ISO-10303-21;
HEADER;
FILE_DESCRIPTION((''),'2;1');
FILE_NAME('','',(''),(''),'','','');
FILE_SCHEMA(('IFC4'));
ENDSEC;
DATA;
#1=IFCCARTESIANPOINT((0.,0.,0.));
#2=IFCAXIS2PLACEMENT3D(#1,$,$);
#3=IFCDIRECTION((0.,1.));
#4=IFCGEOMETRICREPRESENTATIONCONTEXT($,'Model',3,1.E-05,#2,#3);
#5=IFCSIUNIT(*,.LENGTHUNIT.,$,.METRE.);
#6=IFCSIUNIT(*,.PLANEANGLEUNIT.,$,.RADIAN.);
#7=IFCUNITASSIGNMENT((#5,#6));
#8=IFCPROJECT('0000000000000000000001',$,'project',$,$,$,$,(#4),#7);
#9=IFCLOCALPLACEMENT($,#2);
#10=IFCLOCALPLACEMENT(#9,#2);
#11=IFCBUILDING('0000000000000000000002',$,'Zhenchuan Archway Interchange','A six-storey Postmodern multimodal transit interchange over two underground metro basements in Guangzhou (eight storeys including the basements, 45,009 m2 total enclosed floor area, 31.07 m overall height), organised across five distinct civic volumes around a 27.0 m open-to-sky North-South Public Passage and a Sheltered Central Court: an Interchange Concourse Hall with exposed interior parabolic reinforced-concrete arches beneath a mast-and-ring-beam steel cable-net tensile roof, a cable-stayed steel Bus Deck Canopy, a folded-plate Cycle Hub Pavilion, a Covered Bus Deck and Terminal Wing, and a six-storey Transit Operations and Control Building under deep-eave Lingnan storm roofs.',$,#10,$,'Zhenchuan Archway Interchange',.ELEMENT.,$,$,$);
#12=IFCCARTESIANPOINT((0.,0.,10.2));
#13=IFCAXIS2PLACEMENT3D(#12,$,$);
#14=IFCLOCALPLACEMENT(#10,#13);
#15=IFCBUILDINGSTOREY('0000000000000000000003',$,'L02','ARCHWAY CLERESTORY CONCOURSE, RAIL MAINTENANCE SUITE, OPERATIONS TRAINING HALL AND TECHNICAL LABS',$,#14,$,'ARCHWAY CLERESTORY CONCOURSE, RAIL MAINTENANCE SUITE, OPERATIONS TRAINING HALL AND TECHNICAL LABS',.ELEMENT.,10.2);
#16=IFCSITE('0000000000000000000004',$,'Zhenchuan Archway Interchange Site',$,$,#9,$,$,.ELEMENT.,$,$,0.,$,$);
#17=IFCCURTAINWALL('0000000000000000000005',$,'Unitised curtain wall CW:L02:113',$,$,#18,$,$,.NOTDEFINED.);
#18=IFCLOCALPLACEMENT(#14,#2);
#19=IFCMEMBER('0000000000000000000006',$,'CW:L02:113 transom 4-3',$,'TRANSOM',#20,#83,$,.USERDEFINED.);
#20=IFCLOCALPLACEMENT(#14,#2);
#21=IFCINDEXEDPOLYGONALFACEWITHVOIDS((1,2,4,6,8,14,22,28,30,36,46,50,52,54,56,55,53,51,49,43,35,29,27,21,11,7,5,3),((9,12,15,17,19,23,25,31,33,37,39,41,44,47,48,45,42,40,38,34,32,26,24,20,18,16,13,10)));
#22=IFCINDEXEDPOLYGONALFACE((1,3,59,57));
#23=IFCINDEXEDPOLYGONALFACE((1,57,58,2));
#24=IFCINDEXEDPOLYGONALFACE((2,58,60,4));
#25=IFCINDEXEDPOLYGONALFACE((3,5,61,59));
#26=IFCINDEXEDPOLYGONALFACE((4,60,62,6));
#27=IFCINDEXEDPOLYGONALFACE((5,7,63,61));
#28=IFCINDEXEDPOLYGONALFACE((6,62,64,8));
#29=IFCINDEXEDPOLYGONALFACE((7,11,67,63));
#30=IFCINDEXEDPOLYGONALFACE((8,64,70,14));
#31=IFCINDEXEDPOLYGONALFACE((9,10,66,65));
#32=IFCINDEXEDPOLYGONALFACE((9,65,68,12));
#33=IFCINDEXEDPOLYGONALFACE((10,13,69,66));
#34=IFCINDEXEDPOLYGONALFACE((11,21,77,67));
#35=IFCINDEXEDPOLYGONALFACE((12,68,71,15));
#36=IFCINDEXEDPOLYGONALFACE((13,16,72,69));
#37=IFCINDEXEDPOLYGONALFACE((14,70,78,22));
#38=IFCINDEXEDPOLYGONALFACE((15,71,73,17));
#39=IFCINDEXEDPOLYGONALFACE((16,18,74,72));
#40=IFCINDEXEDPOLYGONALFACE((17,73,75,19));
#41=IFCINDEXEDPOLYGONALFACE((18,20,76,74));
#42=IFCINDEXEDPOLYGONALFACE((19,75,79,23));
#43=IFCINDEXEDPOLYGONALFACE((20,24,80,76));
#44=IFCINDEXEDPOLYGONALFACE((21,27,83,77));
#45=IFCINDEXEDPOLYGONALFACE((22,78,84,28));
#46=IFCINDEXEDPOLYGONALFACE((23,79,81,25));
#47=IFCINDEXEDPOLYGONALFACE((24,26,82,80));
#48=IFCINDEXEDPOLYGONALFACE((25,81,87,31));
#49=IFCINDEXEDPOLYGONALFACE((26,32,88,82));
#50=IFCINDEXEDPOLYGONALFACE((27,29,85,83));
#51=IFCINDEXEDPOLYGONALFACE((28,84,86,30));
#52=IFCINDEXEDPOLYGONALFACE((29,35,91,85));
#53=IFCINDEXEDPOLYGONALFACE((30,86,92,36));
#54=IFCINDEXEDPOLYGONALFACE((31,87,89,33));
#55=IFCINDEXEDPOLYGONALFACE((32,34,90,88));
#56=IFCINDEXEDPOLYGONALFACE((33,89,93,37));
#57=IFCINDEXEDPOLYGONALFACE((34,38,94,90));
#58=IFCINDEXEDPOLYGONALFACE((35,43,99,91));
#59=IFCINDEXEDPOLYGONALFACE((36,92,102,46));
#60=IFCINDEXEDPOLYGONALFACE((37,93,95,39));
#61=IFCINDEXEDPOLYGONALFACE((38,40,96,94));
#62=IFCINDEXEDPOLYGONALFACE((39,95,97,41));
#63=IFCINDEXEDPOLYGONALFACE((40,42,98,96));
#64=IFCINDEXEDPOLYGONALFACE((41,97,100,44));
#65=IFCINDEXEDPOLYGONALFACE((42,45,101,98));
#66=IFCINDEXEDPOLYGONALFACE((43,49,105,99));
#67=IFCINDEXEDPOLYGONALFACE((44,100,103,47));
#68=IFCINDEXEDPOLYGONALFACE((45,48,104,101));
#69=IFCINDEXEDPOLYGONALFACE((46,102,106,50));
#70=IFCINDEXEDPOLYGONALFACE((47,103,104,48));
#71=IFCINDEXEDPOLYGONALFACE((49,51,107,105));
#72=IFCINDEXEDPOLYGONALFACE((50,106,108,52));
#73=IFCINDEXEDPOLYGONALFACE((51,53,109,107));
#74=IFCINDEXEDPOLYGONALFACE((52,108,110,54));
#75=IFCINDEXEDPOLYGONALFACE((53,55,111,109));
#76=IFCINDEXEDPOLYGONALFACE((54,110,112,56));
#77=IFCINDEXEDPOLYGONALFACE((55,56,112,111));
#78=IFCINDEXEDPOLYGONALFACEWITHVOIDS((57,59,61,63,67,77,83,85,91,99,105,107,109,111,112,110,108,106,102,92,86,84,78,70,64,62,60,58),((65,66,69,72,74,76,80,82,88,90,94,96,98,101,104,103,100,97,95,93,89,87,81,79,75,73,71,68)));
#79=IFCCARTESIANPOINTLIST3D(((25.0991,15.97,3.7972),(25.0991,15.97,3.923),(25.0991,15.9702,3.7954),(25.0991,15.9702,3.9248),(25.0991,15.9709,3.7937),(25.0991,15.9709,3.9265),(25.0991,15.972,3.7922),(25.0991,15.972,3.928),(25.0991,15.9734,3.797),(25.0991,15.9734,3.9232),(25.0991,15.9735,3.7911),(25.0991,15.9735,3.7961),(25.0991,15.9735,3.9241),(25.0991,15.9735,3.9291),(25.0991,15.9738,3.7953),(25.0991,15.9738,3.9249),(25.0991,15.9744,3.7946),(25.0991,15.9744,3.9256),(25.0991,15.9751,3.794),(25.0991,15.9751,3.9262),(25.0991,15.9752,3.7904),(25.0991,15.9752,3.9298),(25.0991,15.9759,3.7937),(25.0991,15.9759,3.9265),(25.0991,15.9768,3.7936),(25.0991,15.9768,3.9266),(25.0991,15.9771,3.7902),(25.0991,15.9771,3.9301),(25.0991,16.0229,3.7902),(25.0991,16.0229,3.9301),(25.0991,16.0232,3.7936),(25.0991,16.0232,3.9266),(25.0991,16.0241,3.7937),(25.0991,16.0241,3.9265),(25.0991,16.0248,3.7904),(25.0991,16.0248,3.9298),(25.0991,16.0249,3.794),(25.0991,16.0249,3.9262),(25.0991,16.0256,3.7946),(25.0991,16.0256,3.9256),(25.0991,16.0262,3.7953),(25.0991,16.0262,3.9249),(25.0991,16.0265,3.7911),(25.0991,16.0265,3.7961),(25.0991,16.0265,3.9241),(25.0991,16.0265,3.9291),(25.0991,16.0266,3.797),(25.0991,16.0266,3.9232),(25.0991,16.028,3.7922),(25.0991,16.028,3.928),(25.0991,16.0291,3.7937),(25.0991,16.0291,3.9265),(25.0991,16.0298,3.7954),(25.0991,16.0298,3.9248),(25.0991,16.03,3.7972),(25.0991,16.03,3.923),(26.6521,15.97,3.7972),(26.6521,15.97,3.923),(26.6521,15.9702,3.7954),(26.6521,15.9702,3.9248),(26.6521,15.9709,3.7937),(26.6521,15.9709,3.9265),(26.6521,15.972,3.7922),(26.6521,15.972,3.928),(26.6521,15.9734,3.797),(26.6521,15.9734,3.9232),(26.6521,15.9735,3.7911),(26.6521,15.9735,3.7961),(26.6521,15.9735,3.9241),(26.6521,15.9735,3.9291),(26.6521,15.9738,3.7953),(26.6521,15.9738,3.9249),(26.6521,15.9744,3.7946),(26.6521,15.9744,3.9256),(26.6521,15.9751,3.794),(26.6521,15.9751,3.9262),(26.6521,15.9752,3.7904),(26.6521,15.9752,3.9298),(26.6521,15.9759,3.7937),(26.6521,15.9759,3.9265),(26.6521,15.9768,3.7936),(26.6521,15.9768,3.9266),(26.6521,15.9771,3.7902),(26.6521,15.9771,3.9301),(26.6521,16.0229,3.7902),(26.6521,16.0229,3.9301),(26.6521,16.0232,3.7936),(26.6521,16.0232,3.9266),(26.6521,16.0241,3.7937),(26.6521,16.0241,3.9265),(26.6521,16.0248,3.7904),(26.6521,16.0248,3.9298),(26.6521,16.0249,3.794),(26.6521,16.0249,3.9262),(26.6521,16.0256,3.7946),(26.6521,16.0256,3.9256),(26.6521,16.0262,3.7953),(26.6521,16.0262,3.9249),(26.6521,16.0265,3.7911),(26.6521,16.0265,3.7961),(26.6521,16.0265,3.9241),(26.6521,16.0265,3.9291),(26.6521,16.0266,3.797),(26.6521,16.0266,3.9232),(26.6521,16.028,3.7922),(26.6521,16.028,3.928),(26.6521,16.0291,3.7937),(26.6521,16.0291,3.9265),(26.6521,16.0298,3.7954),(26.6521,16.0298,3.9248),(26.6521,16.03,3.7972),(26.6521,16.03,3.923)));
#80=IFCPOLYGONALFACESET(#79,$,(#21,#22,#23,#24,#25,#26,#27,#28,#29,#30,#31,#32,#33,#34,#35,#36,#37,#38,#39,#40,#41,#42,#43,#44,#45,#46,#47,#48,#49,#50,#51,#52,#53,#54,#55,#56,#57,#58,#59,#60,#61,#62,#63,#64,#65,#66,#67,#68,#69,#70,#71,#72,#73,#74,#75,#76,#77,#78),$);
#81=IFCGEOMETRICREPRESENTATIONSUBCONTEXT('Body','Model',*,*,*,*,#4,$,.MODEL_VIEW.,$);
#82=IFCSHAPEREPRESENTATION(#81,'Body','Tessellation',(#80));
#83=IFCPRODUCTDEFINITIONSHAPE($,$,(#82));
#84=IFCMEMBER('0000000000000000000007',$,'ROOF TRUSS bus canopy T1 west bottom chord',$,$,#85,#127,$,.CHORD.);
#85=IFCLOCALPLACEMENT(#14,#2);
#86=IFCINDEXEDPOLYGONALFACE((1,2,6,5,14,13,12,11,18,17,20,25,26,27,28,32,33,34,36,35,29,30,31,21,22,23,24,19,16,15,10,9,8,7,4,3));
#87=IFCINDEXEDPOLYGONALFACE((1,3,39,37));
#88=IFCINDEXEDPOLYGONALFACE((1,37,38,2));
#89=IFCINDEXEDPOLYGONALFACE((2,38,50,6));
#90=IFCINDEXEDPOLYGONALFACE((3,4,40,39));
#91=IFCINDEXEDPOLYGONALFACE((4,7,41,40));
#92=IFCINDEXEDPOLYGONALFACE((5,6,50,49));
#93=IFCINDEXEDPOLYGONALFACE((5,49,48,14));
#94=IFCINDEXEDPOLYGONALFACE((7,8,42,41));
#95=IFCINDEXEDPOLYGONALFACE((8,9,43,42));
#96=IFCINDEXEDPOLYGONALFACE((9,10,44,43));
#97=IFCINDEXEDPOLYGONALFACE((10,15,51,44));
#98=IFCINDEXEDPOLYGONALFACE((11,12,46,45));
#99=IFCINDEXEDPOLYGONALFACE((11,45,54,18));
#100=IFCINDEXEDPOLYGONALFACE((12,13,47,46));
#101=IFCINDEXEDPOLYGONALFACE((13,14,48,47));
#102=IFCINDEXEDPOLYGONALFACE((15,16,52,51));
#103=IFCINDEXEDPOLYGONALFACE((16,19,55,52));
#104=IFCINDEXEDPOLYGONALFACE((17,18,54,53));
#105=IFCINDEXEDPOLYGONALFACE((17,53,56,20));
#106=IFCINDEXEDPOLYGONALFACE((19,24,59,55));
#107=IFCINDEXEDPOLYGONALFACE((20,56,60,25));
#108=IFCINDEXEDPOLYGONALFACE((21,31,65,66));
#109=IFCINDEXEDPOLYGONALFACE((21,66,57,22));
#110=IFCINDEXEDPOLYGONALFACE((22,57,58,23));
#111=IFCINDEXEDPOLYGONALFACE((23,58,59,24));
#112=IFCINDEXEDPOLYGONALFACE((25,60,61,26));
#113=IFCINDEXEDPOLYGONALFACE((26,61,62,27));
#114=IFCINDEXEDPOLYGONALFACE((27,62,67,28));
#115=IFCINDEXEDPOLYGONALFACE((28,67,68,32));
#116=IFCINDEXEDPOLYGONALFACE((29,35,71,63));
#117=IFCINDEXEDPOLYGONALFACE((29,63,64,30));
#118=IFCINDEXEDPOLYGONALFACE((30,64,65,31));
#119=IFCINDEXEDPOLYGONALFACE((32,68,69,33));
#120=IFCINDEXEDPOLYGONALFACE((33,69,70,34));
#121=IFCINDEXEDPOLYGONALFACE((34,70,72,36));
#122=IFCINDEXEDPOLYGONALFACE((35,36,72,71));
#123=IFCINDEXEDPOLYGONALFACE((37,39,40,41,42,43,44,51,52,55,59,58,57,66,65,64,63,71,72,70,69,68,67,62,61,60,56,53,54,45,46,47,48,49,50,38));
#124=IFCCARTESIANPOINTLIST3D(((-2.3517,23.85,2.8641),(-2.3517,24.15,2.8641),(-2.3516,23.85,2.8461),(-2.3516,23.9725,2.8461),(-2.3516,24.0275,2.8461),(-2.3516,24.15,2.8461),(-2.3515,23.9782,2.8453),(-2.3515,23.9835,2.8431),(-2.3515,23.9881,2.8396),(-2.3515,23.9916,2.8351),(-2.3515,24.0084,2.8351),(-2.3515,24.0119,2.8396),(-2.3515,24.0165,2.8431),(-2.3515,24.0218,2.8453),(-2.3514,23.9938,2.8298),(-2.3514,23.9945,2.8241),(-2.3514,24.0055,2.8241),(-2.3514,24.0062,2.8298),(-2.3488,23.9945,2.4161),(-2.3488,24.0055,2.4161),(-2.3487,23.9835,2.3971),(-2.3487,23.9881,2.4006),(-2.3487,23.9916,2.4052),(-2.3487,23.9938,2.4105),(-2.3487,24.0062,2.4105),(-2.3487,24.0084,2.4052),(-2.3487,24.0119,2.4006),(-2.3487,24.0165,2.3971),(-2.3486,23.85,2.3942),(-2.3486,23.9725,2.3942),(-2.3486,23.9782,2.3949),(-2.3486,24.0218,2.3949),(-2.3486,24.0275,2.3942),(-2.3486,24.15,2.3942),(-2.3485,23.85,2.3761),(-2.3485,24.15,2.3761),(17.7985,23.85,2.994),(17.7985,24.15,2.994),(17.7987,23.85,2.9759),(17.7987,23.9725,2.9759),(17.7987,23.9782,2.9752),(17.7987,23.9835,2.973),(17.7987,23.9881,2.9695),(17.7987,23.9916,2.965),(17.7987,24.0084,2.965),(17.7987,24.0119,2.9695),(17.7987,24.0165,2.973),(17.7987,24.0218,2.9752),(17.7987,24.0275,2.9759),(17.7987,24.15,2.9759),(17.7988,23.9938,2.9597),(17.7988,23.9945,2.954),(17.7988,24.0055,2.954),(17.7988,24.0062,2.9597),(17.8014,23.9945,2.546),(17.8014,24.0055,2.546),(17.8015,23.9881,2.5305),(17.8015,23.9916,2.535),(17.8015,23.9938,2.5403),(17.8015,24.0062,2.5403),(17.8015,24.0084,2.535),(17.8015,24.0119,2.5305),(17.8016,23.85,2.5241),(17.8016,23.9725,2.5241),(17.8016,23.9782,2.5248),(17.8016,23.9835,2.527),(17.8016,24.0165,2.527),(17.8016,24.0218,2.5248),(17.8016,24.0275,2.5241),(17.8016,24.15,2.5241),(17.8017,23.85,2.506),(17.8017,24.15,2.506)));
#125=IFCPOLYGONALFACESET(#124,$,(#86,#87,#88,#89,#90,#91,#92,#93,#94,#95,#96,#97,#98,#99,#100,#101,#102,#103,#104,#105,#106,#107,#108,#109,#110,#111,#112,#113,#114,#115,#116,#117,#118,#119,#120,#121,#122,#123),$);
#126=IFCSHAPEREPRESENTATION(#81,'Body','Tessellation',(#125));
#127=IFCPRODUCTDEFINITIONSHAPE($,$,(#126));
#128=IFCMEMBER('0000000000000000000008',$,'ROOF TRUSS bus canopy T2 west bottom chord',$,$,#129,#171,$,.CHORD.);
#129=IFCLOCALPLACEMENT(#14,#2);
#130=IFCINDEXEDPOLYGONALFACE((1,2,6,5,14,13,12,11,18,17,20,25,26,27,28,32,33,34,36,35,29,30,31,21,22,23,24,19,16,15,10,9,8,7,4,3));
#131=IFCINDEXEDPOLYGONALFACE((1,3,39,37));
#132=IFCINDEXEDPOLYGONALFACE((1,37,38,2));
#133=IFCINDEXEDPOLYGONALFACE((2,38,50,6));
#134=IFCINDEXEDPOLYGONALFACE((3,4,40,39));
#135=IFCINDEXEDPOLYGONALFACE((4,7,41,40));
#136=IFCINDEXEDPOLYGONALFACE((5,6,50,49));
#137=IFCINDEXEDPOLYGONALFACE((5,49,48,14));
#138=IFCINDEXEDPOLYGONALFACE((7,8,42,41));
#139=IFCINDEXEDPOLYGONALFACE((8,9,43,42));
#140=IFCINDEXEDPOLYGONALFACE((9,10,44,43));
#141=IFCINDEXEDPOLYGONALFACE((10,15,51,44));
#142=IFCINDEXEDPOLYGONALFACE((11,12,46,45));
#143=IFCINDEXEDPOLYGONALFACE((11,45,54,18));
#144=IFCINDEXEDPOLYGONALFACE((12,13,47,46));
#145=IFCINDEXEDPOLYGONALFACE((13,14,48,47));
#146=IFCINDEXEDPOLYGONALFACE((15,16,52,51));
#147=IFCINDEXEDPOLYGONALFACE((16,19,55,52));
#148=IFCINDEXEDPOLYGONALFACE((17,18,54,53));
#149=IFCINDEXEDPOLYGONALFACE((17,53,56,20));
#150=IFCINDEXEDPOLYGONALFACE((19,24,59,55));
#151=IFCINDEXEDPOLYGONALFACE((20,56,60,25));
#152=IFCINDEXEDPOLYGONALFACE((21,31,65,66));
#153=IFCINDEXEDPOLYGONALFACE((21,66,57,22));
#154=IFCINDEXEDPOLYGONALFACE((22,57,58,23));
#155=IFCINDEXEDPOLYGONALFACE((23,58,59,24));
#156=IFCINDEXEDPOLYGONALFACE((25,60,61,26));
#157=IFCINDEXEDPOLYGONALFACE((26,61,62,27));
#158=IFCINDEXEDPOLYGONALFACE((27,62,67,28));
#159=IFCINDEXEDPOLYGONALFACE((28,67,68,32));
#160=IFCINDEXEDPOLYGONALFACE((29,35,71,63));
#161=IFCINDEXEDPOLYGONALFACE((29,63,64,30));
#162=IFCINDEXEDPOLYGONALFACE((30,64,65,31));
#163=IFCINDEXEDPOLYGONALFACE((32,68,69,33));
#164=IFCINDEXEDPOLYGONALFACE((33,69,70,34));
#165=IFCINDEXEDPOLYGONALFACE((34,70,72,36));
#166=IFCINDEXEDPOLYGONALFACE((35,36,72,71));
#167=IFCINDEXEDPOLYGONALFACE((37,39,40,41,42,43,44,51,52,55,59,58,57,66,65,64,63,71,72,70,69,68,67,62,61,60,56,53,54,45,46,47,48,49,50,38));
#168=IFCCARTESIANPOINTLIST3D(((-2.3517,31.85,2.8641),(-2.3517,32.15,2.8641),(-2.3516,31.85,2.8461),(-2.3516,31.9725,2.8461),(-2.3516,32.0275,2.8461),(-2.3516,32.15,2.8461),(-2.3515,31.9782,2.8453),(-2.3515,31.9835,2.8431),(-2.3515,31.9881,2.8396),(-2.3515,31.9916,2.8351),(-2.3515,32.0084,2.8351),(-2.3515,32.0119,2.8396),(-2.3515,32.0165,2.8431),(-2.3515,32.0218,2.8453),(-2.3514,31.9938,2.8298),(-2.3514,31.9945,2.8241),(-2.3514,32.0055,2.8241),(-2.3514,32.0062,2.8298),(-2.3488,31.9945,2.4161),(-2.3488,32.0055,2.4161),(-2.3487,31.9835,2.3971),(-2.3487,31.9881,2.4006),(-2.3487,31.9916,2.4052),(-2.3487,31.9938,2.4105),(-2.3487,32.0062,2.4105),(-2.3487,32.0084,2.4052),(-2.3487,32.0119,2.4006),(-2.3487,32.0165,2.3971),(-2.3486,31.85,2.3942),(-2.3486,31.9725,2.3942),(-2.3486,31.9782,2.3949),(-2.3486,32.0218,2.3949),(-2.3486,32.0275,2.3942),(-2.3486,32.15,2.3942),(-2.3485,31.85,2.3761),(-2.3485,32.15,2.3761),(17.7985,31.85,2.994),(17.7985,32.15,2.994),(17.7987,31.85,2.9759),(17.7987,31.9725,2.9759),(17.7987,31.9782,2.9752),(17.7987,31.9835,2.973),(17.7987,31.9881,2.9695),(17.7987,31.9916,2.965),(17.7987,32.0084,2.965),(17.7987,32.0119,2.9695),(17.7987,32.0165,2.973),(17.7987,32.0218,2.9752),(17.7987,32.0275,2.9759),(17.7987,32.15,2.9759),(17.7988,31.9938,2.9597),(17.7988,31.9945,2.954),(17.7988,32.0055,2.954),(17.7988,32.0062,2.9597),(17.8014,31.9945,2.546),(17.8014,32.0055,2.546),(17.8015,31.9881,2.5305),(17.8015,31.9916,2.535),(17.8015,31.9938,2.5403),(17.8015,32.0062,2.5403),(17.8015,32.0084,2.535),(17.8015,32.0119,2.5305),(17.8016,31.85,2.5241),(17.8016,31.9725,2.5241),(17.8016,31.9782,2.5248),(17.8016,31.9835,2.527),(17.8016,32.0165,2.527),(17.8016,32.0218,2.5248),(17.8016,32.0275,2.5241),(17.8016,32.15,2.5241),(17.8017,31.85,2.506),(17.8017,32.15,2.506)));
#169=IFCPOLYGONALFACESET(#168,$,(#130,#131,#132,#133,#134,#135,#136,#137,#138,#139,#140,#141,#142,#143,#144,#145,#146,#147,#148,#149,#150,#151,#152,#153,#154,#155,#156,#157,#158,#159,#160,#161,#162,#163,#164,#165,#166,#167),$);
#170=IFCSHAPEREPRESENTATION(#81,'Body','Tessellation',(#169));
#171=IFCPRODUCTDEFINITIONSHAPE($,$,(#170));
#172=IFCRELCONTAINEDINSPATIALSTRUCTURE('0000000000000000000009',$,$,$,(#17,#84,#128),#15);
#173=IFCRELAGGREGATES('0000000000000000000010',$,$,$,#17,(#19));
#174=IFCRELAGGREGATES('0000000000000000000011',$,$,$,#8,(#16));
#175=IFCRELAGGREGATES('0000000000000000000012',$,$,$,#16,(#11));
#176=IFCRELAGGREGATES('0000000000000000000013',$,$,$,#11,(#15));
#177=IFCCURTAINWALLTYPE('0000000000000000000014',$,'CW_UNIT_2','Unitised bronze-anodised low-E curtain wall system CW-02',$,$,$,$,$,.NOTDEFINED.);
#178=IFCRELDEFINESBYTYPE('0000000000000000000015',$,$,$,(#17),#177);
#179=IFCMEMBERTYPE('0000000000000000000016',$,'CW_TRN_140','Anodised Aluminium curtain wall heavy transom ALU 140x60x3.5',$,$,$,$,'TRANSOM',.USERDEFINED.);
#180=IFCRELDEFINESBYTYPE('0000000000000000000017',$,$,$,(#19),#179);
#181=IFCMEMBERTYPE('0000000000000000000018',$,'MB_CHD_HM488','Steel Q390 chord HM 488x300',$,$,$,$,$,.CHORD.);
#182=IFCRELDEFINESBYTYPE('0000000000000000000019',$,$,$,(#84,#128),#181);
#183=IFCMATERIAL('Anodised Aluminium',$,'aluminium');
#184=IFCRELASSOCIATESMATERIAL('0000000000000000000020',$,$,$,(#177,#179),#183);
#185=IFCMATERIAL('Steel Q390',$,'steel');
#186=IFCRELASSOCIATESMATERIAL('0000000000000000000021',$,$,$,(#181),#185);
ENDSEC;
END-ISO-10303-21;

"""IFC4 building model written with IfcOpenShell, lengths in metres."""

from ifc_helpers import new_model, si_unit, direction, frame, origin, origin_2d, place, context, subcontext, project, spatial, hollow_rectangle, i_section, extrude, material, material_profile, profile_set, type_object, element, aggregate, save


model = new_model("IFC4")

# Units and contexts
model_context = context("Model", 3, precision=1e-05, world=origin(), true_north=direction((0.0, 1.0)))
body_context = subcontext(model_context, "Body", "Model", "MODEL_VIEW")
ifc_project = project(units=[si_unit("LENGTHUNIT", "METRE"), si_unit("PLANEANGLEUNIT", "RADIAN")], contexts=[model_context])

# Site, building, storey
site_placement = place(None, origin())
site = spatial("IfcSite", under=ifc_project, at=site_placement, Name="Zhenchuan Archway Interchange Site", CompositionType="ELEMENT", RefElevation=0.0)
building_placement = place(site_placement, origin())
building = spatial("IfcBuilding", under=site, at=building_placement, Name="Zhenchuan Archway Interchange", Description="A six-storey Postmodern multimodal transit interchange over two underground metro basements in Guangzhou (eight storeys including the basements, 45,009 m2 total enclosed floor area, 31.07 m overall height), organised across five distinct civic volumes around a 27.0 m open-to-sky North-South Public Passage and a Sheltered Central Court: an Interchange Concourse Hall with exposed interior parabolic reinforced-concrete arches beneath a mast-and-ring-beam steel cable-net tensile roof, a cable-stayed steel Bus Deck Canopy, a folded-plate Cycle Hub Pavilion, a Covered Bus Deck and Terminal Wing, and a six-storey Transit Operations and Control Building under deep-eave Lingnan storm roofs.", LongName="Zhenchuan Archway Interchange", CompositionType="ELEMENT")
storey_placement = place(building_placement, frame((0.0, 0.0, 10.2)))
storey = spatial("IfcBuildingStorey", under=building, at=storey_placement, Name="L02", Description="ARCHWAY CLERESTORY CONCOURSE, RAIL MAINTENANCE SUITE, OPERATIONS TRAINING HALL AND TECHNICAL LABS", LongName="ARCHWAY CLERESTORY CONCOURSE, RAIL MAINTENANCE SUITE, OPERATIONS TRAINING HALL AND TECHNICAL LABS", CompositionType="ELEMENT", Elevation=10.2)

# Shared definitions
ifc_material_1 = material(Name="Steel Q390", Category="steel")

# Curtain wall, member
ifc_material_2 = material(Name="Anodised Aluminium", Category="aluminium")
curtain_wall_type = type_object("IfcCurtainWallType", Name="CW_UNIT_2", Description="Unitised bronze-anodised low-E curtain wall system CW-02", PredefinedType="NOTDEFINED", material=ifc_material_2)
curtain_wall_placement = place(storey_placement, origin())
curtain_wall = element("IfcCurtainWall", 1, at=curtain_wall_placement, inside=storey, type_object=curtain_wall_type, Name="Unitised curtain wall CW:L02:113", PredefinedType="NOTDEFINED")
ifc_material_profile_1 = material_profile(ifc_material_2, hollow_rectangle(XDim=0.0601, YDim=0.1399, WallThickness=0.0034, InnerFilletRadius=0.0034, OuterFilletRadius=0.0071, at=origin_2d()), Name="ALU 140x60x3.5")
ifc_profile_set_1 = profile_set([ifc_material_profile_1], Name="Anodised Aluminium")
member_type_1 = type_object("IfcMemberType", Name="CW_TRN_140", Description="Anodised Aluminium curtain wall heavy transom ALU 140x60x3.5", ElementType="TRANSOM", PredefinedType="USERDEFINED", material=ifc_profile_set_1)
member_1_placement = place(storey_placement, frame((25.0991, 16.0, 3.8601), z_axis=(1.0, 0.0, 0.0), x_axis=(0.0, 1.0, 0.0)))
member_1 = element("IfcMember", 2, at=member_1_placement, type_object=member_type_1, Name="CW:L02:113 transom 4-3", ObjectType="TRANSOM", PredefinedType="USERDEFINED", context=body_context, shape_type="SweptSolid", body=[
    extrude(hollow_rectangle(XDim=0.0601, YDim=0.1399, WallThickness=0.0034, InnerFilletRadius=0.0034, OuterFilletRadius=0.0071, at=origin_2d()), origin(), (0.0, 0.0, 1.0), 1.553),
])

# Members
ifc_material_profile_2 = material_profile(ifc_material_1, i_section(OverallWidth=0.3, OverallDepth=0.488, WebThickness=0.011, FlangeThickness=0.0181, FilletRadius=0.022, at=origin_2d()), Name="HM 488x300")
ifc_profile_set_2 = profile_set([ifc_material_profile_2], Name="Steel Q390")
member_type_2 = type_object("IfcMemberType", Name="MB_CHD_HM488", Description="Steel Q390 chord HM 488x300", PredefinedType="CHORD", material=ifc_profile_set_2)
for number, where, z_axis, x_axis, name in (
    (3, (-2.3501, 24.0, 2.6201), (0.999979, 0.0, 0.006446), (0.0, 1.0, 0.0), "ROOF TRUSS bus canopy T1 west bottom chord"),
    (4, (-2.3501, 32.0, 2.6201), (0.999979, 0.0, 0.006446), (0.0, 1.0, 0.0), "ROOF TRUSS bus canopy T2 west bottom chord"),
):
    element("IfcMember", number, at=place(storey_placement, frame(where, z_axis=z_axis, x_axis=x_axis)), inside=storey, type_object=member_type_2, Name=name, PredefinedType="CHORD", context=body_context, shape_type="SweptSolid", body=[
        extrude(i_section(OverallWidth=0.3, OverallDepth=0.488, WebThickness=0.011, FlangeThickness=0.0181, FilletRadius=0.022, at=origin_2d()), origin(), (0.0, 0.0, 1.0), 20.1506),
    ])

aggregate(curtain_wall, [member_1])

save(model, "model.ifc")
